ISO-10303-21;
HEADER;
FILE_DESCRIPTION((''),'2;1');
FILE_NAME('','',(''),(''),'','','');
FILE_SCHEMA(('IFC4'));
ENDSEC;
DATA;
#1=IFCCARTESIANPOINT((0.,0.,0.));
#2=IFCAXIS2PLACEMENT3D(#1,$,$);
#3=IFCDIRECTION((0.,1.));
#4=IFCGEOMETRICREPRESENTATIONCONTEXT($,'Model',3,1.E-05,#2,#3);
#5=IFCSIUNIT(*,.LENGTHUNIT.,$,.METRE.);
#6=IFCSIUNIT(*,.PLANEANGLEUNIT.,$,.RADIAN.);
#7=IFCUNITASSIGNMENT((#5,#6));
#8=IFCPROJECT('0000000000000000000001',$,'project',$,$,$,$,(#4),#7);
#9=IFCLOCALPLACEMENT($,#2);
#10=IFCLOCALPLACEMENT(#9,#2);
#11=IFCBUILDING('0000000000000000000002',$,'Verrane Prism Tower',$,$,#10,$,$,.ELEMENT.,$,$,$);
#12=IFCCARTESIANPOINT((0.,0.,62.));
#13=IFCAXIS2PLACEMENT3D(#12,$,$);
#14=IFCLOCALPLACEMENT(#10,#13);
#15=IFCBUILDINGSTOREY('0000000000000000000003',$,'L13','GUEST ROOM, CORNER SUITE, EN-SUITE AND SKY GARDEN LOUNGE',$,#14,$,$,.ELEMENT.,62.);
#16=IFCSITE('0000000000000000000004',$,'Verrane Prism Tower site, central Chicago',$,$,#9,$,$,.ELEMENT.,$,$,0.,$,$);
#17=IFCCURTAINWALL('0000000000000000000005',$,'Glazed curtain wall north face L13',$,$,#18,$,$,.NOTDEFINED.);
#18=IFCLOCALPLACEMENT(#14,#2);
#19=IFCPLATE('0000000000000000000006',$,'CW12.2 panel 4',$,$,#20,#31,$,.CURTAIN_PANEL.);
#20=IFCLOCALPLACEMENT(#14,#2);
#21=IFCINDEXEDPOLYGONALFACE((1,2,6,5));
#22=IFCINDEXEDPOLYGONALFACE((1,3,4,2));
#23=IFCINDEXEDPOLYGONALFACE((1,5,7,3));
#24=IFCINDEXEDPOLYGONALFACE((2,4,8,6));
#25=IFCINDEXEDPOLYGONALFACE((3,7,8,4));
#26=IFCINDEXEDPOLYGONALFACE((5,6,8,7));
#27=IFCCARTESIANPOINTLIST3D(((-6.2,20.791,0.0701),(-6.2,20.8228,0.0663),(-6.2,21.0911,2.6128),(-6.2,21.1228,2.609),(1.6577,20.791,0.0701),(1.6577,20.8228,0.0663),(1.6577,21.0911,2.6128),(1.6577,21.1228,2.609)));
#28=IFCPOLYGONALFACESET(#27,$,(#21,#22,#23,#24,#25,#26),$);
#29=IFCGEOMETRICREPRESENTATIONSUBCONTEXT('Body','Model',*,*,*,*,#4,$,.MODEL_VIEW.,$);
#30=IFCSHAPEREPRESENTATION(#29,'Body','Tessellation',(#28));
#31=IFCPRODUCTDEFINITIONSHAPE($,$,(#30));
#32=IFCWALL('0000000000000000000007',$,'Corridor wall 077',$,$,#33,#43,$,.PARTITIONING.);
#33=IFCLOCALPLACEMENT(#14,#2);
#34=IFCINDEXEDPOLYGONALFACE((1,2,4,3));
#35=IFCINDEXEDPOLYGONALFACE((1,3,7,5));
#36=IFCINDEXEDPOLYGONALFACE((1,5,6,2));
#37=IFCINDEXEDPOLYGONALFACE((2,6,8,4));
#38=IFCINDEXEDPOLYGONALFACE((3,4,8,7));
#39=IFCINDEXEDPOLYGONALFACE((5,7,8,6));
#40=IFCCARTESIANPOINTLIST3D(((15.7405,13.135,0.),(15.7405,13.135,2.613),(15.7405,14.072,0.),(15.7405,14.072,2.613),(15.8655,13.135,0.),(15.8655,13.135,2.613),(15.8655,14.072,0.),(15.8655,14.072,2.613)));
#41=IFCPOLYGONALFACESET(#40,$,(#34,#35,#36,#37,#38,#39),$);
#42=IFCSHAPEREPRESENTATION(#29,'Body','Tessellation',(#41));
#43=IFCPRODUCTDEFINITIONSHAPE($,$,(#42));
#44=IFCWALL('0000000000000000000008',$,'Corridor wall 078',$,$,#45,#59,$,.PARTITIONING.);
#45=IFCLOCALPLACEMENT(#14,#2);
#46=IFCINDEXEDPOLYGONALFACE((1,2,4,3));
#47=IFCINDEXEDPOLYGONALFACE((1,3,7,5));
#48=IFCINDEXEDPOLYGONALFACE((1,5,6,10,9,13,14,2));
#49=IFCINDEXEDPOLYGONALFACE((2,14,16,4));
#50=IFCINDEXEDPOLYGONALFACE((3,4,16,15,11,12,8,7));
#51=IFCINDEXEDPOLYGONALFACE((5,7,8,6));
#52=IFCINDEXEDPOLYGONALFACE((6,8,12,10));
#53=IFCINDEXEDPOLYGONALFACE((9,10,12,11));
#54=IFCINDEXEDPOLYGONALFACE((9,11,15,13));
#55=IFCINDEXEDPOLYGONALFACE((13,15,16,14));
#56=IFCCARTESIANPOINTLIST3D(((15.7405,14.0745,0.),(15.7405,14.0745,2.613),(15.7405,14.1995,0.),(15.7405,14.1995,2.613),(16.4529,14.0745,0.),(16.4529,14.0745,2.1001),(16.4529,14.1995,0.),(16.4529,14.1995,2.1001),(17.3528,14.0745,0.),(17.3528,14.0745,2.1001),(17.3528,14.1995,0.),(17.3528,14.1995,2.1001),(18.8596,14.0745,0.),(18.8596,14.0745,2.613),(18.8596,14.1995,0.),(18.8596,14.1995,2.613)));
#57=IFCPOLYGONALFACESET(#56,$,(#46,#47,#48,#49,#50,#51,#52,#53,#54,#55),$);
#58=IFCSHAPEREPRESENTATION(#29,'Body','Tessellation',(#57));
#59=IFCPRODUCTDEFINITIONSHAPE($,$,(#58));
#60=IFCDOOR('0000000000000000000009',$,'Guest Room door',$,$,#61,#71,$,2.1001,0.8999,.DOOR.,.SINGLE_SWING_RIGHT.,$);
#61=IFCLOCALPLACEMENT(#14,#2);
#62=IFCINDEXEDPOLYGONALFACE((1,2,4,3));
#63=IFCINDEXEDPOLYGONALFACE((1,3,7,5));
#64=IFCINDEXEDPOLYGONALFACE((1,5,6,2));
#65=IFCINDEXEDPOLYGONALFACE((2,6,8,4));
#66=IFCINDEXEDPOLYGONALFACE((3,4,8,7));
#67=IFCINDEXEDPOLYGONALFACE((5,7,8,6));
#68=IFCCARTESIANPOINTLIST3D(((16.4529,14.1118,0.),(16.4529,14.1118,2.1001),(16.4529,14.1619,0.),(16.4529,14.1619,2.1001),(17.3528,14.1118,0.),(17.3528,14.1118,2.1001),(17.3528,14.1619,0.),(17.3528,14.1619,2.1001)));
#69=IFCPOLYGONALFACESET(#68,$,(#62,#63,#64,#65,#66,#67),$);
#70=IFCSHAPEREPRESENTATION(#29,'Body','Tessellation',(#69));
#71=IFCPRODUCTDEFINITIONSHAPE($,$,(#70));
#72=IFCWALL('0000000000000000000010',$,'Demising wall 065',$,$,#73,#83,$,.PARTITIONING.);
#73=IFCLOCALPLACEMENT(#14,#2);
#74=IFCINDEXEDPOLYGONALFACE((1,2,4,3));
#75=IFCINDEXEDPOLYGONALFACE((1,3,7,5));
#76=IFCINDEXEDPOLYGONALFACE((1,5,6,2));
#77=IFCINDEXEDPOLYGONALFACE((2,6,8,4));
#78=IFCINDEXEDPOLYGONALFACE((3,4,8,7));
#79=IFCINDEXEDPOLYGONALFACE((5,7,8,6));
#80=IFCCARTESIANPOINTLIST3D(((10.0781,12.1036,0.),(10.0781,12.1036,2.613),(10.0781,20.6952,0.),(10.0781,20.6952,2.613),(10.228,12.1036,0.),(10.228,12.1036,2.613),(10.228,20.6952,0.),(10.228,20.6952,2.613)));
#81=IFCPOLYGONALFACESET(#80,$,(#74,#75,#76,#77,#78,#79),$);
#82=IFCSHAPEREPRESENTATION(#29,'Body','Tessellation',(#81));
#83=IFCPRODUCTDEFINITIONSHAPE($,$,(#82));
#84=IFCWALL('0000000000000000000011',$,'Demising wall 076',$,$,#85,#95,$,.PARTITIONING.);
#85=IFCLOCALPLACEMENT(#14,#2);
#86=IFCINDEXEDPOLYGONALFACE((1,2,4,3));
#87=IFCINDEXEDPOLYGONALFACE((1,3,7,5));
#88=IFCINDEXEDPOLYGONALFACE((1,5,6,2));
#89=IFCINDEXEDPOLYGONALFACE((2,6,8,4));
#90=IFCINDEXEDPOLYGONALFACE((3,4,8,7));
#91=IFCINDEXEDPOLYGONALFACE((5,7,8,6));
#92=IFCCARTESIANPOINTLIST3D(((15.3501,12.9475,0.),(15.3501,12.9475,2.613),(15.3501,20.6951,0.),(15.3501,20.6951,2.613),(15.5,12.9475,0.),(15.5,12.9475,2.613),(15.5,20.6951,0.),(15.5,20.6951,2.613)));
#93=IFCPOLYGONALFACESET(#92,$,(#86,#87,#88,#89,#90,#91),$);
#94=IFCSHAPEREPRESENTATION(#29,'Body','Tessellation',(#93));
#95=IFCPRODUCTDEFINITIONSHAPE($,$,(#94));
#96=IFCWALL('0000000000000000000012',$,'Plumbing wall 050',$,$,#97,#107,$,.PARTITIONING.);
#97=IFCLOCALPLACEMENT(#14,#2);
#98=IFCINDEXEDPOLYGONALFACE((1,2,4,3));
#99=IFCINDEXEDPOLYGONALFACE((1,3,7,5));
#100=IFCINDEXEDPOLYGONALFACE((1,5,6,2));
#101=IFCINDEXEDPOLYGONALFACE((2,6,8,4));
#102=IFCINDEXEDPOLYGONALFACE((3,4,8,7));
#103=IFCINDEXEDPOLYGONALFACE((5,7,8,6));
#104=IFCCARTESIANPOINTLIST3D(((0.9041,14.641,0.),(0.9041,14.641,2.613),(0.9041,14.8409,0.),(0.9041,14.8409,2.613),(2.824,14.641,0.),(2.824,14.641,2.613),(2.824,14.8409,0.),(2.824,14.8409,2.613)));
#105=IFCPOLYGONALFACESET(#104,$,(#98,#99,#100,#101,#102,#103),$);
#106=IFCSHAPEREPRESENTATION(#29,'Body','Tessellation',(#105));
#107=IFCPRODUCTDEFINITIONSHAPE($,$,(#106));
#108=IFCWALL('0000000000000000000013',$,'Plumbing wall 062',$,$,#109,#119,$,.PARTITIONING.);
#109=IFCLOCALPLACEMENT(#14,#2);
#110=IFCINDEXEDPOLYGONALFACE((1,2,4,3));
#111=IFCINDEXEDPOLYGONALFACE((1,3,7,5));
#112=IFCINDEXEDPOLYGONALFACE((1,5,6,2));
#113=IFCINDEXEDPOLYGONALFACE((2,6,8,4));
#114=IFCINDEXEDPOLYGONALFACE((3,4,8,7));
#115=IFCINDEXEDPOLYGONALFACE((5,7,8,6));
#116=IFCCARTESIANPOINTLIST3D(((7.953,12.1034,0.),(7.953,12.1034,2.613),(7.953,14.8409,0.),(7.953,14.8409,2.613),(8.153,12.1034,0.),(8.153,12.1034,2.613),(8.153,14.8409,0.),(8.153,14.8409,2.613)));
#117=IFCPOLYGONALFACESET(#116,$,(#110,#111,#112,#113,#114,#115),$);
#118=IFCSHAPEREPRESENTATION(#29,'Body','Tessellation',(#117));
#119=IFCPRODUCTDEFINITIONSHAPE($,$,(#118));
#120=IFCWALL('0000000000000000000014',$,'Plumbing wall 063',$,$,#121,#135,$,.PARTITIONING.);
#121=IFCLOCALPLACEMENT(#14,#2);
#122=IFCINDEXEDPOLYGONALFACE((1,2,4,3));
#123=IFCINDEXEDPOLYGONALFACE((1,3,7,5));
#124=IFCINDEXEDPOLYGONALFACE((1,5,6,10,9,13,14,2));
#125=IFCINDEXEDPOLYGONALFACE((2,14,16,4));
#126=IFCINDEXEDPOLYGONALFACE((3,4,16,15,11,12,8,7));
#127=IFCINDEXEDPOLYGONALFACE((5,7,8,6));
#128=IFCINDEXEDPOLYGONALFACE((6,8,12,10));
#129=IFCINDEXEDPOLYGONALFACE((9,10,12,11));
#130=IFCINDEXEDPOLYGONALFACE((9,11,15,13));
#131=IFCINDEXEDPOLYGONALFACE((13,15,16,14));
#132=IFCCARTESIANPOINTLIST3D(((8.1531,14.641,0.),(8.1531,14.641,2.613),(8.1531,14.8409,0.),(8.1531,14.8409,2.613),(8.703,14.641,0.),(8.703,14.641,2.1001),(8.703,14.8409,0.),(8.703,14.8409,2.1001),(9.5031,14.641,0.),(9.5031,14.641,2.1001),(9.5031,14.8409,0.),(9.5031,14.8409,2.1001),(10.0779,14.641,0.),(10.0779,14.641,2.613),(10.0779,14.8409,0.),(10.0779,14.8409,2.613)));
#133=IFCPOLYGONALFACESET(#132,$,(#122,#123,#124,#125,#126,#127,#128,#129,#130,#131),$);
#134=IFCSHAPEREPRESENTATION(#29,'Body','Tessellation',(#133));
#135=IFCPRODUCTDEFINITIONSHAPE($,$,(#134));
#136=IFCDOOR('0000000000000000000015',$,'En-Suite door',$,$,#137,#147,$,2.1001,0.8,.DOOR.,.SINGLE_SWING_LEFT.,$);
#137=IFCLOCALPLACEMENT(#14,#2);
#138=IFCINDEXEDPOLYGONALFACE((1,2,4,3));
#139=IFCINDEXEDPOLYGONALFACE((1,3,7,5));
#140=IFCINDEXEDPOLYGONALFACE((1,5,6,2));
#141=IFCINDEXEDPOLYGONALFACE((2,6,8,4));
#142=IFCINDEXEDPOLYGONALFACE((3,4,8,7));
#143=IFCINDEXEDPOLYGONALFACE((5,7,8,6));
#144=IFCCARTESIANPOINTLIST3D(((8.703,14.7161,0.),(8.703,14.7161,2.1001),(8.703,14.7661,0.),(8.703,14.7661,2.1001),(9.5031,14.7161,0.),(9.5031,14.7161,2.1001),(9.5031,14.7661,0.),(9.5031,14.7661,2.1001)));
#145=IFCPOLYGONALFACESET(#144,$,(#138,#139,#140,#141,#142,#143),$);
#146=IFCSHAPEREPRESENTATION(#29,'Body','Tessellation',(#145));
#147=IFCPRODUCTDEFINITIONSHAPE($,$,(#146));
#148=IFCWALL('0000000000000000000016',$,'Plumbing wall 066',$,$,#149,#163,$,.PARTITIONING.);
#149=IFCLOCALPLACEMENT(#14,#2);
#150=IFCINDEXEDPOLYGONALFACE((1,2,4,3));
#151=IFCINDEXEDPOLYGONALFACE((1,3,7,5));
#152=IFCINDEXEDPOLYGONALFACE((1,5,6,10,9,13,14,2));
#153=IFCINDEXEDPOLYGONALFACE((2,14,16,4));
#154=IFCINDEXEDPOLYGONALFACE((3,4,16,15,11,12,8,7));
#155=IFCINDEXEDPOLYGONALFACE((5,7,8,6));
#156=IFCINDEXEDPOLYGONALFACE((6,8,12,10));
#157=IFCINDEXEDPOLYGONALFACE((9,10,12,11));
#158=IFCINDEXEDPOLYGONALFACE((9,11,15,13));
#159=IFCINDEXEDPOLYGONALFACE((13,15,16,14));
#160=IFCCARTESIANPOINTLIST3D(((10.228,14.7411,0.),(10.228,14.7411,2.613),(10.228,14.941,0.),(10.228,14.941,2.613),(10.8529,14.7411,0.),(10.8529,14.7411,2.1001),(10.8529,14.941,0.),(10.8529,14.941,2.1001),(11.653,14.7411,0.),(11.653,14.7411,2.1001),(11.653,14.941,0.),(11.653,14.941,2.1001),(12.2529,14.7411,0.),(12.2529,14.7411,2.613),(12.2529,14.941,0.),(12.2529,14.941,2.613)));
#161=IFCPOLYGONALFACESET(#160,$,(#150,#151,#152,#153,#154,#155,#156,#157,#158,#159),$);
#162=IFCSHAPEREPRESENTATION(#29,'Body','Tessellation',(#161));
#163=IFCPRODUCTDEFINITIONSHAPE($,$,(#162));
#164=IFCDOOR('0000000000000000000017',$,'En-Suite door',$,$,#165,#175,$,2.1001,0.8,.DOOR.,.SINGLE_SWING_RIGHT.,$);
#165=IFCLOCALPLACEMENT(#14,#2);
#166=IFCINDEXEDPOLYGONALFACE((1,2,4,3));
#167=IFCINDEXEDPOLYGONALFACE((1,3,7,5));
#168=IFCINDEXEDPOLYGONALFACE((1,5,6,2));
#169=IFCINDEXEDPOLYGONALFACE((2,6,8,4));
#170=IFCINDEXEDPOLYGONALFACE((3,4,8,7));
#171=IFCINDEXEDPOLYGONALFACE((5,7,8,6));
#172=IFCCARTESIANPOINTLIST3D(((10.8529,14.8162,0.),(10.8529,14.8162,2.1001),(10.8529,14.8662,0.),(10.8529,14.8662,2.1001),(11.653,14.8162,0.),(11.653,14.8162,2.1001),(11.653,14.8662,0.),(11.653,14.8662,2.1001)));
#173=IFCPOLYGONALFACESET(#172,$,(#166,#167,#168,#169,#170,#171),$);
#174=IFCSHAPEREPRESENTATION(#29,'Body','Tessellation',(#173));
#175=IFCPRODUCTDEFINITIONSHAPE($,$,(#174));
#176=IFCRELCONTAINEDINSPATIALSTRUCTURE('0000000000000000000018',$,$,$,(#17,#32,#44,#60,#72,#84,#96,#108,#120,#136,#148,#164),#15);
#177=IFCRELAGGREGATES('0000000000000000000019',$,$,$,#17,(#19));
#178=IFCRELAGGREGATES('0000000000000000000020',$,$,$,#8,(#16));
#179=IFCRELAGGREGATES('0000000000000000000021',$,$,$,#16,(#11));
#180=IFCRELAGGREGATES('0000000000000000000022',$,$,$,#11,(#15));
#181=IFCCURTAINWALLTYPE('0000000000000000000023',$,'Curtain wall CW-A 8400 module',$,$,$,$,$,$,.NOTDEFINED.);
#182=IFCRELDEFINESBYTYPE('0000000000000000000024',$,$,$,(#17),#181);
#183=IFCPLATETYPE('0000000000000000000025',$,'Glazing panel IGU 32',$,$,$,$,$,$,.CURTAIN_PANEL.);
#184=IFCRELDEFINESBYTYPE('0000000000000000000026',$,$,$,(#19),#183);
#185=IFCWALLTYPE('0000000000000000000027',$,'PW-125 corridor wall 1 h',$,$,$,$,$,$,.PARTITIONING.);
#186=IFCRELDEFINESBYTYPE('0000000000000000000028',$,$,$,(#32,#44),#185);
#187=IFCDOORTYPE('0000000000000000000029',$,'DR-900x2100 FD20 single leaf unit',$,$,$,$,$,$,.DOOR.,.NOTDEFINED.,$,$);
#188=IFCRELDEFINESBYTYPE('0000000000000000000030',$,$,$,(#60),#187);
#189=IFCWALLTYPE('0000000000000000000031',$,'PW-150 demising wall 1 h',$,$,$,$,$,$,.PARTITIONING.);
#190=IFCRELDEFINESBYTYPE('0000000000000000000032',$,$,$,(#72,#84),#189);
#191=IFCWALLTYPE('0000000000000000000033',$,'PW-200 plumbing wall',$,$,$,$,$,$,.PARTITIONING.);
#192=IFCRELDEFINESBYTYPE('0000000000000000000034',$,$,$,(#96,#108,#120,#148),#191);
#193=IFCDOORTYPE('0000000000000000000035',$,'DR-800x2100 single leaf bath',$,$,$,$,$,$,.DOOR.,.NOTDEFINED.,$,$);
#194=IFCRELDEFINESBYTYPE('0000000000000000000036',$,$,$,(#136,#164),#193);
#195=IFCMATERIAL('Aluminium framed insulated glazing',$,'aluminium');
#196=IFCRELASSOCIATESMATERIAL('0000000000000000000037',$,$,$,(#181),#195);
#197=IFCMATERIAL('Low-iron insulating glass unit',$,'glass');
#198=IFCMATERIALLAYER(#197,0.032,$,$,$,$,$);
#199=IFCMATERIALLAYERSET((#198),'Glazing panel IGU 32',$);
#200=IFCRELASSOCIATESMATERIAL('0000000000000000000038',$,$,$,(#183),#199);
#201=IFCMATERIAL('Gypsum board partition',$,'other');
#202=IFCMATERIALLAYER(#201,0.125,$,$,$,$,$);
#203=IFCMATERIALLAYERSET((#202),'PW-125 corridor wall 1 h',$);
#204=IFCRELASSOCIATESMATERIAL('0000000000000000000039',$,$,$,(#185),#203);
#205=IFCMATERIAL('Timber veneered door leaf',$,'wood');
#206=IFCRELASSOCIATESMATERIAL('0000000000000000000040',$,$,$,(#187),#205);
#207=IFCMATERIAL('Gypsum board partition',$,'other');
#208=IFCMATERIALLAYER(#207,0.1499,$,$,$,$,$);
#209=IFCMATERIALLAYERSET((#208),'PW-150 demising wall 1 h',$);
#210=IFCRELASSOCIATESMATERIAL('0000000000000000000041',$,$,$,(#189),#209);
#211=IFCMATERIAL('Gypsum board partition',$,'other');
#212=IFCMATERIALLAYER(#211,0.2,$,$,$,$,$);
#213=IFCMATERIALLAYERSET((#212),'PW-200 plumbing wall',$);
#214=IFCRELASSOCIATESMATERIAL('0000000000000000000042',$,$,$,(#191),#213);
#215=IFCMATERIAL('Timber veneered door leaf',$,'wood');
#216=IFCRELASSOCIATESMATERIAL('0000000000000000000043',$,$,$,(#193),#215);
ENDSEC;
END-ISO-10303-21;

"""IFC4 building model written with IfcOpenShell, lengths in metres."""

from ifc_helpers import new_model, si_unit, direction, frame, frame_2d, origin, place, context, subcontext, project, spatial, polyline, rectangle, outline, extrude, material, layer, layer_set, type_object, element, fill, aggregate, save


model = new_model("IFC4")

# Units and contexts
model_context = context("Model", 3, precision=1e-05, world=origin(), true_north=direction((0.0, 1.0)))
body_context = subcontext(model_context, "Body", "Model", "MODEL_VIEW")
ifc_project = project(units=[si_unit("LENGTHUNIT", "METRE"), si_unit("PLANEANGLEUNIT", "RADIAN")], contexts=[model_context])

# Site, building, storey
site_placement = place(None, origin())
site = spatial("IfcSite", under=ifc_project, at=site_placement, Name="Verrane Prism Tower site, central Chicago", CompositionType="ELEMENT", RefElevation=0.0)
building_placement = place(site_placement, origin())
building = spatial("IfcBuilding", under=site, at=building_placement, Name="Verrane Prism Tower", CompositionType="ELEMENT")
storey_placement = place(building_placement, frame((0.0, 0.0, 62.0)))
storey = spatial("IfcBuildingStorey", under=building, at=storey_placement, Name="L13", Description="GUEST ROOM, CORNER SUITE, EN-SUITE AND SKY GARDEN LOUNGE", CompositionType="ELEMENT", Elevation=62.0)

# Curtain wall
ifc_material_1 = material(Name="Aluminium framed insulated glazing", Category="aluminium")
curtain_wall_type = type_object("IfcCurtainWallType", Name="Curtain wall CW-A 8400 module", PredefinedType="NOTDEFINED", material=ifc_material_1)
curtain_wall_placement = place(storey_placement, origin())
curtain_wall = element("IfcCurtainWall", 1, at=curtain_wall_placement, inside=storey, type_object=curtain_wall_type, Name="Glazed curtain wall north face L13", PredefinedType="NOTDEFINED")

# Plate
ifc_material_2 = material(Name="Low-iron insulating glass unit", Category="glass")
ifc_layer_1 = layer(ifc_material_2, 0.032)
ifc_layer_set_1 = layer_set([ifc_layer_1], Name="Glazing panel IGU 32")
plate_type = type_object("IfcPlateType", Name="Glazing panel IGU 32", PredefinedType="CURTAIN_PANEL", material=ifc_layer_set_1)
plate_1_placement = place(storey_placement, frame((1.6577, 20.791, 0.0701), z_axis=(0.0, -0.99311, 0.11719), x_axis=(-1.0, 0.0, 0.0)))
plate_1 = element("IfcPlate", 2, at=plate_1_placement, type_object=plate_type, Name="CW12.2 panel 4", PredefinedType="CURTAIN_PANEL", context=body_context, shape_type="SweptSolid", body=[
    extrude(outline(polyline([(0.0, 0.0), (7.8577, 0.0), (7.8577, -2.5604), (0.0, -2.5604), (0.0, 0.0)])), origin(), (0.0, 0.0, -1.0), 0.032),
])
aggregate(curtain_wall, [plate_1])

# Wall
ifc_material_3 = material(Name="Gypsum board partition", Category="other")
ifc_layer_2 = layer(ifc_material_3, 0.125)
ifc_layer_set_2 = layer_set([ifc_layer_2], Name="PW-125 corridor wall 1 h")
wall_type_1 = type_object("IfcWallType", Name="PW-125 corridor wall 1 h", PredefinedType="PARTITIONING", material=ifc_layer_set_2)
wall_1_placement = place(storey_placement, frame((15.803, 13.135, 0.0), z_axis=(0.0, 0.0, 1.0), x_axis=(0.0, 1.0, 0.0)))
element("IfcWall", 3, at=wall_1_placement, inside=storey, type_object=wall_type_1, Name="Corridor wall 077", PredefinedType="PARTITIONING", context=body_context, shape_type="SweptSolid", body=[
    extrude(rectangle(XDim=0.937, YDim=0.125, at=frame_2d((0.4685, 0.0))), origin(), (0.0, 0.0, 1.0), 2.613),
])

# Wall, opening, door
wall_2_placement = place(storey_placement, frame((15.7405, 14.137, 0.0), z_axis=(0.0, 0.0, 1.0), x_axis=(1.0, 0.0, 0.0)))
wall_2 = element("IfcWall", 4, at=wall_2_placement, inside=storey, type_object=wall_type_1, Name="Corridor wall 078", PredefinedType="PARTITIONING", context=body_context, shape_type="SweptSolid", body=[
    extrude(rectangle(XDim=3.1191, YDim=0.125, at=frame_2d((1.5596, 0.0))), origin(), (0.0, 0.0, 1.0), 2.613),
])
opening_1_placement = place(wall_2_placement, frame((0.7124, 0.0, 0.0)))
opening_1 = element("IfcOpeningElement", 5, at=opening_1_placement, cuts=wall_2, PredefinedType="OPENING", context=body_context, shape_type="SweptSolid", body=[
    extrude(rectangle(XDim=0.8999, YDim=2.1001, at=frame_2d((0.45, 1.05))), frame((0.0, 0.0725, 0.0), z_axis=(0.0, -1.0, 0.0), x_axis=(1.0, 0.0, 0.0)), (0.0, 0.0, 1.0), 0.145),
])
ifc_material_4 = material(Name="Timber veneered door leaf", Category="wood")
door_type_1 = type_object("IfcDoorType", Name="DR-900x2100 FD20 single leaf unit", OperationType="NOTDEFINED", PredefinedType="DOOR", material=ifc_material_4)
door_1_placement = place(opening_1_placement, origin())
door_1 = element("IfcDoor", 6, at=door_1_placement, inside=storey, type_object=door_type_1, Name="Guest Room door", OperationType="SINGLE_SWING_RIGHT", OverallHeight=2.1001, OverallWidth=0.8999, PredefinedType="DOOR", context=body_context, shape_type="SweptSolid", body=[
    extrude(rectangle(XDim=0.8999, YDim=2.1001, at=frame_2d((0.45, 1.05))), frame((0.0, 0.0249, 0.0), z_axis=(0.0, -1.0, 0.0), x_axis=(1.0, 0.0, 0.0)), (0.0, 0.0, 1.0), 0.05),
])
fill(opening_1, door_1)

# Walls
ifc_material_5 = material(Name="Gypsum board partition", Category="other")
ifc_layer_3 = layer(ifc_material_5, 0.1499)
ifc_layer_set_3 = layer_set([ifc_layer_3], Name="PW-150 demising wall 1 h")
wall_type_2 = type_object("IfcWallType", Name="PW-150 demising wall 1 h", PredefinedType="PARTITIONING", material=ifc_layer_set_3)
wall_3_placement = place(storey_placement, frame((10.1531, 12.1035, 0.0), z_axis=(0.0, 0.0, 1.0), x_axis=(0.0, 1.0, 0.0)))
element("IfcWall", 7, at=wall_3_placement, inside=storey, type_object=wall_type_2, Name="Demising wall 065", PredefinedType="PARTITIONING", context=body_context, shape_type="SweptSolid", body=[
    extrude(rectangle(XDim=8.5916, YDim=0.1499, at=frame_2d((4.2959, 0.0))), origin(), (0.0, 0.0, 1.0), 2.613),
])
wall_4_placement = place(storey_placement, frame((15.425, 12.9475, 0.0), z_axis=(0.0, 0.0, 1.0), x_axis=(0.0, 1.0, 0.0)))
element("IfcWall", 8, at=wall_4_placement, inside=storey, type_object=wall_type_2, Name="Demising wall 076", PredefinedType="PARTITIONING", context=body_context, shape_type="SweptSolid", body=[
    extrude(rectangle(XDim=7.7476, YDim=0.1499, at=frame_2d((3.8738, 0.0))), origin(), (0.0, 0.0, 1.0), 2.613),
])
ifc_material_6 = material(Name="Gypsum board partition", Category="other")
ifc_layer_4 = layer(ifc_material_6, 0.2)
ifc_layer_set_4 = layer_set([ifc_layer_4], Name="PW-200 plumbing wall")
wall_type_3 = type_object("IfcWallType", Name="PW-200 plumbing wall", PredefinedType="PARTITIONING", material=ifc_layer_set_4)
wall_5_placement = place(storey_placement, frame((0.9041, 14.741, 0.0), z_axis=(0.0, 0.0, 1.0), x_axis=(1.0, 0.0, 0.0)))
element("IfcWall", 9, at=wall_5_placement, inside=storey, type_object=wall_type_3, Name="Plumbing wall 050", PredefinedType="PARTITIONING", context=body_context, shape_type="SweptSolid", body=[
    extrude(rectangle(XDim=1.9199, YDim=0.2, at=frame_2d((0.96, 0.0))), origin(), (0.0, 0.0, 1.0), 2.613),
])
wall_6_placement = place(storey_placement, frame((8.053, 12.1035, 0.0), z_axis=(0.0, 0.0, 1.0), x_axis=(0.0, 1.0, 0.0)))
element("IfcWall", 10, at=wall_6_placement, inside=storey, type_object=wall_type_3, Name="Plumbing wall 062", PredefinedType="PARTITIONING", context=body_context, shape_type="SweptSolid", body=[
    extrude(rectangle(XDim=2.7375, YDim=0.2, at=frame_2d((1.3687, 0.0))), origin(), (0.0, 0.0, 1.0), 2.613),
])

# Walls, openings, doors
wall_7_placement = place(storey_placement, frame((10.0779, 14.741, 0.0), z_axis=(0.0, 0.0, 1.0), x_axis=(-1.0, 0.0, 0.0)))
wall_7 = element("IfcWall", 11, at=wall_7_placement, inside=storey, type_object=wall_type_3, Name="Plumbing wall 063", PredefinedType="PARTITIONING", context=body_context, shape_type="SweptSolid", body=[
    extrude(rectangle(XDim=1.9248, YDim=0.2, at=frame_2d((0.9624, 0.0))), origin(), (0.0, 0.0, 1.0), 2.613),
])
opening_2_placement = place(wall_7_placement, frame((0.575, 0.0, 0.0)))
opening_2 = element("IfcOpeningElement", 12, at=opening_2_placement, cuts=wall_7, PredefinedType="OPENING", context=body_context, shape_type="SweptSolid", body=[
    extrude(rectangle(XDim=0.8, YDim=2.1001, at=frame_2d((0.3999, 1.05))), frame((0.0, 0.1099, 0.0), z_axis=(0.0, -1.0, 0.0), x_axis=(1.0, 0.0, 0.0)), (0.0, 0.0, 1.0), 0.22),
])
ifc_material_7 = material(Name="Timber veneered door leaf", Category="wood")
door_type_2 = type_object("IfcDoorType", Name="DR-800x2100 single leaf bath", OperationType="NOTDEFINED", PredefinedType="DOOR", material=ifc_material_7)
door_2_placement = place(opening_2_placement, origin())
door_2 = element("IfcDoor", 13, at=door_2_placement, inside=storey, type_object=door_type_2, Name="En-Suite door", OperationType="SINGLE_SWING_LEFT", OverallHeight=2.1001, OverallWidth=0.8, PredefinedType="DOOR", context=body_context, shape_type="SweptSolid", body=[
    extrude(rectangle(XDim=0.8, YDim=2.1001, at=frame_2d((0.3999, 1.05))), frame((0.0, 0.0249, 0.0), z_axis=(0.0, -1.0, 0.0), x_axis=(1.0, 0.0, 0.0)), (0.0, 0.0, 1.0), 0.05),
])
fill(opening_2, door_2)
wall_8_placement = place(storey_placement, frame((12.2529, 14.8411, 0.0), z_axis=(0.0, 0.0, 1.0), x_axis=(-1.0, 0.0, 0.0)))
wall_8 = element("IfcWall", 14, at=wall_8_placement, inside=storey, type_object=wall_type_3, Name="Plumbing wall 066", PredefinedType="PARTITIONING", context=body_context, shape_type="SweptSolid", body=[
    extrude(rectangle(XDim=2.0249, YDim=0.2, at=frame_2d((1.0125, 0.0))), origin(), (0.0, 0.0, 1.0), 2.613),
])
opening_3_placement = place(wall_8_placement, frame((0.6001, 0.0, 0.0)))
opening_3 = element("IfcOpeningElement", 15, at=opening_3_placement, cuts=wall_8, PredefinedType="OPENING", context=body_context, shape_type="SweptSolid", body=[
    extrude(rectangle(XDim=0.8, YDim=2.1001, at=frame_2d((0.3999, 1.05))), frame((0.0, 0.1099, 0.0), z_axis=(0.0, -1.0, 0.0), x_axis=(1.0, 0.0, 0.0)), (0.0, 0.0, 1.0), 0.22),
])
door_3_placement = place(opening_3_placement, origin())
door_3 = element("IfcDoor", 16, at=door_3_placement, inside=storey, type_object=door_type_2, Name="En-Suite door", OperationType="SINGLE_SWING_RIGHT", OverallHeight=2.1001, OverallWidth=0.8, PredefinedType="DOOR", context=body_context, shape_type="SweptSolid", body=[
    extrude(rectangle(XDim=0.8, YDim=2.1001, at=frame_2d((0.3999, 1.05))), frame((0.0, 0.0249, 0.0), z_axis=(0.0, -1.0, 0.0), x_axis=(1.0, 0.0, 0.0)), (0.0, 0.0, 1.0), 0.05),
])
fill(opening_3, door_3)

save(model, "model.ifc")
